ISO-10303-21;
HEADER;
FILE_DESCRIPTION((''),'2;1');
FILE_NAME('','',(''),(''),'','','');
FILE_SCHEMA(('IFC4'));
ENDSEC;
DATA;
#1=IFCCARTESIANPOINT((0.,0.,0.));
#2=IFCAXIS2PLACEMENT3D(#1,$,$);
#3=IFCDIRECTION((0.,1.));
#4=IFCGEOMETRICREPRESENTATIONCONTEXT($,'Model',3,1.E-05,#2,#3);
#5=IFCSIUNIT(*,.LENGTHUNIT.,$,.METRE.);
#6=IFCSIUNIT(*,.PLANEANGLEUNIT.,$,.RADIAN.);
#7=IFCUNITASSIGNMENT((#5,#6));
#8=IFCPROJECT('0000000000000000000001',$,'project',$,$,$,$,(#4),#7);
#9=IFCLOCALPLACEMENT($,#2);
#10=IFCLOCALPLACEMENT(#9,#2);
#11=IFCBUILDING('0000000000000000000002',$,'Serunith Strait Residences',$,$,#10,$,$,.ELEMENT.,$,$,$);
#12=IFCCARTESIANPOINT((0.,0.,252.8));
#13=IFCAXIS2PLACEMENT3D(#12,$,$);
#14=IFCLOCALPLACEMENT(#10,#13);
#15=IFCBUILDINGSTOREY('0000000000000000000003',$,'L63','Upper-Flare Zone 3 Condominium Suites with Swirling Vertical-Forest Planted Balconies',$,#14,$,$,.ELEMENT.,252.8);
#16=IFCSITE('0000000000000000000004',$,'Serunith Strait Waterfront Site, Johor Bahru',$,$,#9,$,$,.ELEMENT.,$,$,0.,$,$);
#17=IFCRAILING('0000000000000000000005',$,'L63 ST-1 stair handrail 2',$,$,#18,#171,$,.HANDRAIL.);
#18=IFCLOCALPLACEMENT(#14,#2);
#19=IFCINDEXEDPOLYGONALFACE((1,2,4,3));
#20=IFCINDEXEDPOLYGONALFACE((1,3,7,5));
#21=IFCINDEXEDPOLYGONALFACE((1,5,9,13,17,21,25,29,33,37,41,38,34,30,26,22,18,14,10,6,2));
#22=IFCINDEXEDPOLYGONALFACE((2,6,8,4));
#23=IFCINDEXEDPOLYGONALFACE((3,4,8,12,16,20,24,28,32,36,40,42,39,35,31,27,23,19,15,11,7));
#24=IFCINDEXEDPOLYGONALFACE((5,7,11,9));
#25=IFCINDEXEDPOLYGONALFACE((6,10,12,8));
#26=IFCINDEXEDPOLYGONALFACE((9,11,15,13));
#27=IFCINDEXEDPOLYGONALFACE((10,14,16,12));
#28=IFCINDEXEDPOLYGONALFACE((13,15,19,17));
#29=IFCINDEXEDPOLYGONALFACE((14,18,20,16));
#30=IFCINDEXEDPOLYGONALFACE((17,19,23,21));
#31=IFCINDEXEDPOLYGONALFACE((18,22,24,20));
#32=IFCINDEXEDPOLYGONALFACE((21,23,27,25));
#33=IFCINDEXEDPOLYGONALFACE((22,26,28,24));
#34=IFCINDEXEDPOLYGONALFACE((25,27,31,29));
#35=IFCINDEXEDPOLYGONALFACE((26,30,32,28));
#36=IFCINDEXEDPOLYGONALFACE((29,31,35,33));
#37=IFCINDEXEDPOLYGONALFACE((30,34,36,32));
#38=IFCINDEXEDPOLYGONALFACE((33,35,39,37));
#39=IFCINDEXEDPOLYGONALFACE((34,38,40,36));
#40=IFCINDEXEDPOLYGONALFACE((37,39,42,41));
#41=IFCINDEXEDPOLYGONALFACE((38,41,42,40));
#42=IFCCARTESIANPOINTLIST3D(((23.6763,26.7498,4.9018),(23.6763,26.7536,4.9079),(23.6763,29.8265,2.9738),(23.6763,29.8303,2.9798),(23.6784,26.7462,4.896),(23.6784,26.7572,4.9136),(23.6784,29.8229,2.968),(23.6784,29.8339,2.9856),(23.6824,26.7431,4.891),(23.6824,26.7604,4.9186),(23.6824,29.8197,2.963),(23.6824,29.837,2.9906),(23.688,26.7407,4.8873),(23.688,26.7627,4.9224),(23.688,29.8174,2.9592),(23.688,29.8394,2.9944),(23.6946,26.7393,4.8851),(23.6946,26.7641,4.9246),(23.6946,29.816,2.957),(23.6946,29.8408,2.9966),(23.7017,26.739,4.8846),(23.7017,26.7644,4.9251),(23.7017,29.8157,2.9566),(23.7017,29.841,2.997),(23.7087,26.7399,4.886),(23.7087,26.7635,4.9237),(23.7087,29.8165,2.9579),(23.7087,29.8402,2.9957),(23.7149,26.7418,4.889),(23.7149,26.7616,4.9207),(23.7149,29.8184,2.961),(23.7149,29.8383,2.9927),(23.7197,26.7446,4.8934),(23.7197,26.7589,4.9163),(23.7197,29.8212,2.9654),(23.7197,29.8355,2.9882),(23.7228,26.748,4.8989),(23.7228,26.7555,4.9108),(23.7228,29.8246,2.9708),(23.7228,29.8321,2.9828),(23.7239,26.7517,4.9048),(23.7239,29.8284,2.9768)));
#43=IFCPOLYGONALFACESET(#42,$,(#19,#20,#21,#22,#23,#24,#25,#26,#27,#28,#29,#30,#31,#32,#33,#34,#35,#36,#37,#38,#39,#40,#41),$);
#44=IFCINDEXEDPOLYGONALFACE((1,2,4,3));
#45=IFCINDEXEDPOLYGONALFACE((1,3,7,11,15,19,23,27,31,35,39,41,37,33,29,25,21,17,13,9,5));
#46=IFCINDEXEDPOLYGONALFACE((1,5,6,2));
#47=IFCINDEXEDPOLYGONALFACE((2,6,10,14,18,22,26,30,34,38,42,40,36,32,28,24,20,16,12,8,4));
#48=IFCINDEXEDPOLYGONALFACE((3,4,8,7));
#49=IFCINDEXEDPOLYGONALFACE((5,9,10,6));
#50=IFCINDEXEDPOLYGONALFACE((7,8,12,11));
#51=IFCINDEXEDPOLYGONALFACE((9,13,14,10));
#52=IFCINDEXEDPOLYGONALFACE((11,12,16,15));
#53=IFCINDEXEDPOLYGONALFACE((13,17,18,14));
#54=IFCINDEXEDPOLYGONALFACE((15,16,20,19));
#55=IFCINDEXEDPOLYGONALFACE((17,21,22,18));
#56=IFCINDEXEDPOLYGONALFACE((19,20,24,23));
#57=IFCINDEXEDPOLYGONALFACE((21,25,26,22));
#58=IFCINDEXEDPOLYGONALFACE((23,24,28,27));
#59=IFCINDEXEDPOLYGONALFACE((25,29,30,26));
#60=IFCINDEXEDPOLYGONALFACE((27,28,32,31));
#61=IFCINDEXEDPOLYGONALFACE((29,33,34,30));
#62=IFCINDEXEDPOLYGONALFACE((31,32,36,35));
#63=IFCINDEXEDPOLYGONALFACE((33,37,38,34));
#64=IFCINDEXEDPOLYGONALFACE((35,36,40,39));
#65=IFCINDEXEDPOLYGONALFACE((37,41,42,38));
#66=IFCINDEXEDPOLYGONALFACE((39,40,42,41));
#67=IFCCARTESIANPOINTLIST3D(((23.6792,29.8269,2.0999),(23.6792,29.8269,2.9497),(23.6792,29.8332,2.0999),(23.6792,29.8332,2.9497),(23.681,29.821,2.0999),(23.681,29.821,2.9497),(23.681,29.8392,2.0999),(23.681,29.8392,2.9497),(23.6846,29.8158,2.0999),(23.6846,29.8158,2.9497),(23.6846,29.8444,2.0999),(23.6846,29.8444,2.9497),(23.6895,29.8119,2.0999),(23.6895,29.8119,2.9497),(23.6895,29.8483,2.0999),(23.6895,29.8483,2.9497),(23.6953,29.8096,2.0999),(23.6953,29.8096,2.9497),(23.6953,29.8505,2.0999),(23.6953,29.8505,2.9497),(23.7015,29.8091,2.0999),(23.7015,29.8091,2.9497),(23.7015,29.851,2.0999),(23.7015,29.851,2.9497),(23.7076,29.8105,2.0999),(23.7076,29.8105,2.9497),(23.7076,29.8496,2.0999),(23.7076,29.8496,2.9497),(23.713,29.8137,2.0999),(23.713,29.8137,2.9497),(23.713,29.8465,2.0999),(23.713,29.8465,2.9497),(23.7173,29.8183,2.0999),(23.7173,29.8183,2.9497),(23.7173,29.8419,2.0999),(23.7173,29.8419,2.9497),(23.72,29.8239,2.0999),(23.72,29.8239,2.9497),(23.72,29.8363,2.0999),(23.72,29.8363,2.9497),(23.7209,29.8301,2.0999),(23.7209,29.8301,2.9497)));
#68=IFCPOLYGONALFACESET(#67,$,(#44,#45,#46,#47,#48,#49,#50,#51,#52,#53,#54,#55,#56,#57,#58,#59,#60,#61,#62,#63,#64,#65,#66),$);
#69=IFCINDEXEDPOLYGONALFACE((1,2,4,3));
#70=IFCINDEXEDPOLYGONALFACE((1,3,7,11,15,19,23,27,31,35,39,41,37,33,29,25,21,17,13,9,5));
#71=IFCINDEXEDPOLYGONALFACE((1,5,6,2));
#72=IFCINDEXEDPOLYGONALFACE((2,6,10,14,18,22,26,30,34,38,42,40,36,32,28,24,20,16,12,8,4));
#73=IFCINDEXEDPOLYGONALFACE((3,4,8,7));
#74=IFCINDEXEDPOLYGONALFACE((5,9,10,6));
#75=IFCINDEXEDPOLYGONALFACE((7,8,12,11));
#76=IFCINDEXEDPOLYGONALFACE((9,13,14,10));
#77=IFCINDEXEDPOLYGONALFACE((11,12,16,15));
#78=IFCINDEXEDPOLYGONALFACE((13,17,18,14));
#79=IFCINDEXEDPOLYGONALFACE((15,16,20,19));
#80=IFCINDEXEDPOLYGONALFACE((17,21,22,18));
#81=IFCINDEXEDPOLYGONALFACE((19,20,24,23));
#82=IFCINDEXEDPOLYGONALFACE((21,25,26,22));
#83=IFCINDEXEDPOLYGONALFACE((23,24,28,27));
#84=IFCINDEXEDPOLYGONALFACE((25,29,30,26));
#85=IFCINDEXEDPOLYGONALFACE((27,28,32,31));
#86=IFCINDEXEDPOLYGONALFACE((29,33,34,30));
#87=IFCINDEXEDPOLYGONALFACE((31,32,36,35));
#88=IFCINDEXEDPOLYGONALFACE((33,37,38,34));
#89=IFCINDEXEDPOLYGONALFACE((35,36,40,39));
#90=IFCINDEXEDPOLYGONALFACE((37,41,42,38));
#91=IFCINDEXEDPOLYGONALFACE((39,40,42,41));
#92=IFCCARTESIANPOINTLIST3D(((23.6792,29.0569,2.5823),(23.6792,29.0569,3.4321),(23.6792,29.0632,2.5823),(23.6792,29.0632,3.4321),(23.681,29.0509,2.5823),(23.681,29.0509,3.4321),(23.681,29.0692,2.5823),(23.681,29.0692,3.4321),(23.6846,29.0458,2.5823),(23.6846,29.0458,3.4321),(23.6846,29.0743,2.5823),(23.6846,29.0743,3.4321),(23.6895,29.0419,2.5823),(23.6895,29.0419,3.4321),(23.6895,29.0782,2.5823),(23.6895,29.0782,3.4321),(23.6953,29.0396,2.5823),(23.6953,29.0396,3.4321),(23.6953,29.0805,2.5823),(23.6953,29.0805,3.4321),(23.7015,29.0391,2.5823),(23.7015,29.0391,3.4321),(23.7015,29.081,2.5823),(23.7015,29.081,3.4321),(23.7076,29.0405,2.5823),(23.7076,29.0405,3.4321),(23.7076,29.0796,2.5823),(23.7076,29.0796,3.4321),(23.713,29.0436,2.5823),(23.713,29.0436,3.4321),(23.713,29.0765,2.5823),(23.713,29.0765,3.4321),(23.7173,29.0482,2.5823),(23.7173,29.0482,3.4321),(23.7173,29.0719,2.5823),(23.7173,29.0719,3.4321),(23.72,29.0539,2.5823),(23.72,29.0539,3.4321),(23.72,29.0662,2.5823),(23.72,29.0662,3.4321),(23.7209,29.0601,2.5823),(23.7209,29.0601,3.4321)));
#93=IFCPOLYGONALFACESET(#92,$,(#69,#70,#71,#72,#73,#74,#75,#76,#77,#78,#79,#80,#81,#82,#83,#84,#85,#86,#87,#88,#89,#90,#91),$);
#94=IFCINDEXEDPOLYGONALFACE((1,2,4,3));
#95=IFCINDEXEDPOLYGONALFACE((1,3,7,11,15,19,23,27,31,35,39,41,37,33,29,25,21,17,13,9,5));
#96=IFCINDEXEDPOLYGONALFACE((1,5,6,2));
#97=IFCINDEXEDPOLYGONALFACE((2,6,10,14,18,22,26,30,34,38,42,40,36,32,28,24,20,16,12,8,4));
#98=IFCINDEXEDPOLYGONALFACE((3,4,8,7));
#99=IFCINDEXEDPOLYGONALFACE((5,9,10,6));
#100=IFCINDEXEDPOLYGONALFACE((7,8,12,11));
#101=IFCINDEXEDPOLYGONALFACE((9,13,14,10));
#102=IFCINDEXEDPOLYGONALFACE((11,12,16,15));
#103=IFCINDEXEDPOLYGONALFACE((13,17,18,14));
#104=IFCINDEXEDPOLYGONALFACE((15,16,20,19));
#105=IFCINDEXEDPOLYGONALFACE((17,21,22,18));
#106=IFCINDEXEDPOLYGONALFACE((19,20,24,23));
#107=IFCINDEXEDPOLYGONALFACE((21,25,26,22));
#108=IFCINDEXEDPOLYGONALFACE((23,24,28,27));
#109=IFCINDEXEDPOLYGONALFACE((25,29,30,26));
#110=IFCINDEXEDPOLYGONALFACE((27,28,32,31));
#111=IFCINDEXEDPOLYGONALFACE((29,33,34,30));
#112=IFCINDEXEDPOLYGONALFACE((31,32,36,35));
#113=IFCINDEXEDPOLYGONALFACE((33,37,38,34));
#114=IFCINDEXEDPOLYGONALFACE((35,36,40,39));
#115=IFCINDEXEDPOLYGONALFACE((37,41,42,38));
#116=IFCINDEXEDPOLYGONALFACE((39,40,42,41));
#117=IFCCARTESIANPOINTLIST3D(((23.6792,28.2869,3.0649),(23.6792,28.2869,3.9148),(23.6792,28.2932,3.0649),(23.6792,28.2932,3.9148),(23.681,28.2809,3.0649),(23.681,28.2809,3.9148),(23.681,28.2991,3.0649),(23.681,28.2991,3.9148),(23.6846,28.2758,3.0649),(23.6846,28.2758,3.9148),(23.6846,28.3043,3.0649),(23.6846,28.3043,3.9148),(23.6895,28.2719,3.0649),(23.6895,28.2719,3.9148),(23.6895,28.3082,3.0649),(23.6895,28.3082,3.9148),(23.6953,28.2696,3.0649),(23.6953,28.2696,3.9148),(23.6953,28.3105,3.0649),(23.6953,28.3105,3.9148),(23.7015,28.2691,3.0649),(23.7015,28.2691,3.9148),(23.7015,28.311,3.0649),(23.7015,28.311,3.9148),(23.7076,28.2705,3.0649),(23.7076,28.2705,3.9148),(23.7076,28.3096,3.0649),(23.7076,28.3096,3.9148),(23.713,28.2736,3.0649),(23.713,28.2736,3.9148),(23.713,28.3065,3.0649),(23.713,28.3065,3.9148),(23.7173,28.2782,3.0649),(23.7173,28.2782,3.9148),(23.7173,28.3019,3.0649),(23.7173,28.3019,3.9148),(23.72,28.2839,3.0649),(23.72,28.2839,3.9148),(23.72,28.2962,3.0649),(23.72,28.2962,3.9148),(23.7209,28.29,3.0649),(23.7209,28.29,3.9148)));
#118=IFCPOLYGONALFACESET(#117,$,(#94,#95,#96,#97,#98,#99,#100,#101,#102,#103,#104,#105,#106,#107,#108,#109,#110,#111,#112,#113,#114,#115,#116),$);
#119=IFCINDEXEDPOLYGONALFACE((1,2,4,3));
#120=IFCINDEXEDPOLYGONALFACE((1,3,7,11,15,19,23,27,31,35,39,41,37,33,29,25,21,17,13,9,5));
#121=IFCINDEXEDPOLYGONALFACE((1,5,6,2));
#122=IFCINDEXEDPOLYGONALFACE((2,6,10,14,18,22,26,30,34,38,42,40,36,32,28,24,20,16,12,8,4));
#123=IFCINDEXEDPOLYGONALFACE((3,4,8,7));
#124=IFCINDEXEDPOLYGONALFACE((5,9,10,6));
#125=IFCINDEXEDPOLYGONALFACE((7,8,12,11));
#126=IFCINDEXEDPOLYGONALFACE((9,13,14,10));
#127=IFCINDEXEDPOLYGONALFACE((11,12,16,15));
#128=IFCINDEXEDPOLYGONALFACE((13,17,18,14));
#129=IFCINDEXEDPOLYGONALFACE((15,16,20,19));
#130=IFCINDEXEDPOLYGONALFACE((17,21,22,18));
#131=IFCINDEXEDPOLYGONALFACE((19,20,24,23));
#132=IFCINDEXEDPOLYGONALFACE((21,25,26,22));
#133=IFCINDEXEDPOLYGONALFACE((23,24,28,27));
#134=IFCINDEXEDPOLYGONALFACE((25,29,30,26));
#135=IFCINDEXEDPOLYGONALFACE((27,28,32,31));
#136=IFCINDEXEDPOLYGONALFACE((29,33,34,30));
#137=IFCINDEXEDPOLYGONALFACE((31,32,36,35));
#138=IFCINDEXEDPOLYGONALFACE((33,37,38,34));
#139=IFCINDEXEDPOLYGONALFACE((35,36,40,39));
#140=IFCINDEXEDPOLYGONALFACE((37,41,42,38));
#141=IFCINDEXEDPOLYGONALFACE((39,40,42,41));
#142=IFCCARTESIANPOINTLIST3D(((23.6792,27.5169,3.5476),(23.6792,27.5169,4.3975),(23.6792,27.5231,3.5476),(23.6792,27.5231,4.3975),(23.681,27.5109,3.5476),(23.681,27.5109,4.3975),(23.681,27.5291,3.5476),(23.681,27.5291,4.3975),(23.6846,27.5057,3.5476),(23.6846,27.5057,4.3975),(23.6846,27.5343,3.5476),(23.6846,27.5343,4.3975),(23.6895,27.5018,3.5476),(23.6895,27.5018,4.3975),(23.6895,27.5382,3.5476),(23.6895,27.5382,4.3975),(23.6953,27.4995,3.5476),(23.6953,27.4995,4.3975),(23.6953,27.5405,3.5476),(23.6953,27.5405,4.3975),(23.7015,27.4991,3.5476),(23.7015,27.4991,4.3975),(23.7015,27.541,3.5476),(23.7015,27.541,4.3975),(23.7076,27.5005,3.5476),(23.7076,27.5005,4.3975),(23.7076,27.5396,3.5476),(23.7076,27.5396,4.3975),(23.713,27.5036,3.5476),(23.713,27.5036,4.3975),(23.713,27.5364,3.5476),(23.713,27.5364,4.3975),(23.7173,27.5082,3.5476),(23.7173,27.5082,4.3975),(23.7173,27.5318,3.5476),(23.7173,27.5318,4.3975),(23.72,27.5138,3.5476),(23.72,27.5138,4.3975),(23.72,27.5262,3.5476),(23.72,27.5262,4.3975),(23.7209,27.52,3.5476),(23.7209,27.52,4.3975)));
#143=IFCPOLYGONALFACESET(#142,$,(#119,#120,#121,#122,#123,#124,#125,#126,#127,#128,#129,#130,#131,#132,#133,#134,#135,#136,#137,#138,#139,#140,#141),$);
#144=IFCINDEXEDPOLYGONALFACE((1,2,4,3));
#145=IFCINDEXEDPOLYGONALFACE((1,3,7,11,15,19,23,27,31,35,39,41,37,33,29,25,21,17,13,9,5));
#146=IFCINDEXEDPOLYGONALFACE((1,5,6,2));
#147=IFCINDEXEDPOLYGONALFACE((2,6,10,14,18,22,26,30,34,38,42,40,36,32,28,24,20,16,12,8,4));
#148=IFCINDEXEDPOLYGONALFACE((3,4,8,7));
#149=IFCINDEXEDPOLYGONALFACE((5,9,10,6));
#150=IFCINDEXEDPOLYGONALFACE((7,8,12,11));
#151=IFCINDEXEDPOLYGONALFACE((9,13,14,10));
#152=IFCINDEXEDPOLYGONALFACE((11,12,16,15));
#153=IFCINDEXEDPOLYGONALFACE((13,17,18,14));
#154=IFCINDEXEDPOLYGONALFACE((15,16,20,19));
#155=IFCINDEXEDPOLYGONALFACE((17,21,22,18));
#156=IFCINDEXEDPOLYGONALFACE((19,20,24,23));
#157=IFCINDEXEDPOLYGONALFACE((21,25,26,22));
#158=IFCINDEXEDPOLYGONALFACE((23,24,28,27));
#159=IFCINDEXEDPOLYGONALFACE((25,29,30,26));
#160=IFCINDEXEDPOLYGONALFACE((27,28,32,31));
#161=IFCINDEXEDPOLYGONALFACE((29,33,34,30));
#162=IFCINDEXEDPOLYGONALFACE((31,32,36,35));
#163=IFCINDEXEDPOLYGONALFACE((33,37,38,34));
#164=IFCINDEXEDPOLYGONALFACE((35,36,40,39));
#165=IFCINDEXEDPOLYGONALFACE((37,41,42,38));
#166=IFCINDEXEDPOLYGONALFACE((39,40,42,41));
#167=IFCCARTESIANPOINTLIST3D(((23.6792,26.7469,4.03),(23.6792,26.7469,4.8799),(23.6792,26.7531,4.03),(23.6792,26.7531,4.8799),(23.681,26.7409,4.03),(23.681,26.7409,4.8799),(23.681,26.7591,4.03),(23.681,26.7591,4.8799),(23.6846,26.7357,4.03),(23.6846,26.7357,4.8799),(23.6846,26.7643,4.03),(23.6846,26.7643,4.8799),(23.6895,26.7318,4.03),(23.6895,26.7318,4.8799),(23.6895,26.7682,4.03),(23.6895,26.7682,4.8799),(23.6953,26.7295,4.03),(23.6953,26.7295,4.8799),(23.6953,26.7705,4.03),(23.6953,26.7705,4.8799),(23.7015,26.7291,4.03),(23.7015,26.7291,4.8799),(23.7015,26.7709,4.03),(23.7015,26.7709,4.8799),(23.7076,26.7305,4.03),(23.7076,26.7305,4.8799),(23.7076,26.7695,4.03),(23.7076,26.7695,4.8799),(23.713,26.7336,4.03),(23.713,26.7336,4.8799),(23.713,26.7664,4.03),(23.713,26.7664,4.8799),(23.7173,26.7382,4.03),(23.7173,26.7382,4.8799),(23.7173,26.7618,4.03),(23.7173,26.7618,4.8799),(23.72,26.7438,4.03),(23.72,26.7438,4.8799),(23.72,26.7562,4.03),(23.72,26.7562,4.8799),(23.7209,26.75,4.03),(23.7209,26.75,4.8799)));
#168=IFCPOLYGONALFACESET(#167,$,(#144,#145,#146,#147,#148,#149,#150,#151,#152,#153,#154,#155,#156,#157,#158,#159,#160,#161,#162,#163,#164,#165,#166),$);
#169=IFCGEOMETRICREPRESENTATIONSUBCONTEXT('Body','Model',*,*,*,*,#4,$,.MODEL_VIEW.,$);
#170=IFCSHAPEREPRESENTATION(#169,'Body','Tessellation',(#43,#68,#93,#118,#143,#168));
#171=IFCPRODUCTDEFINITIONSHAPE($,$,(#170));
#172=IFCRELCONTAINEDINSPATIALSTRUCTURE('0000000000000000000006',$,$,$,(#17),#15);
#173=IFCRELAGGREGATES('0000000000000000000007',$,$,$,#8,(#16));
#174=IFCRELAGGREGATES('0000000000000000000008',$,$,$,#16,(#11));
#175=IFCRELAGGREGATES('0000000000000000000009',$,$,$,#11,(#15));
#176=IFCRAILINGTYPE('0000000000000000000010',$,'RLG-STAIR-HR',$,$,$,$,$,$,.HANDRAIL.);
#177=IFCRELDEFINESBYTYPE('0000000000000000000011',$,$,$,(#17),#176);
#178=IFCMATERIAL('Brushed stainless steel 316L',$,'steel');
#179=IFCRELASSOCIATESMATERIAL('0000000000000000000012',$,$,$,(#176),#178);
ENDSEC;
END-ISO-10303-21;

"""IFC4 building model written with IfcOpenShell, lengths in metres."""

from ifc_helpers import new_model, si_unit, direction, frame, origin, origin_2d, place, context, subcontext, project, spatial, circle, extrude, material, type_object, element, save


model = new_model("IFC4")

# Units and contexts
model_context = context("Model", 3, precision=1e-05, world=origin(), true_north=direction((0.0, 1.0)))
body_context = subcontext(model_context, "Body", "Model", "MODEL_VIEW")
ifc_project = project(units=[si_unit("LENGTHUNIT", "METRE"), si_unit("PLANEANGLEUNIT", "RADIAN")], contexts=[model_context])

# Site, building, storey
site_placement = place(None, origin())
site = spatial("IfcSite", under=ifc_project, at=site_placement, Name="Serunith Strait Waterfront Site, Johor Bahru", CompositionType="ELEMENT", RefElevation=0.0)
building_placement = place(site_placement, origin())
building = spatial("IfcBuilding", under=site, at=building_placement, Name="Serunith Strait Residences", CompositionType="ELEMENT")
storey_placement = place(building_placement, frame((0.0, 0.0, 252.8)))
storey = spatial("IfcBuildingStorey", under=building, at=storey_placement, Name="L63", Description="Upper-Flare Zone 3 Condominium Suites with Swirling Vertical-Forest Planted Balconies", CompositionType="ELEMENT", Elevation=252.8)

# Railing
ifc_material_1 = material(Name="Brushed stainless steel 316L", Category="steel")
railing_type_1 = type_object("IfcRailingType", Name="RLG-STAIR-HR", PredefinedType="HANDRAIL", material=ifc_material_1)
railing_1_placement = place(storey_placement, frame((23.7, 29.8301, 2.0999)))
element("IfcRailing", 1, at=railing_1_placement, inside=storey, type_object=railing_type_1, Name="L63 ST-1 stair handrail 2", PredefinedType="HANDRAIL", context=body_context, shape_type="SweptSolid", body=[
    extrude(circle(Radius=0.0239, at=origin_2d()), frame((0.0, -0.0017, 0.877), z_axis=(0.0, -0.847364, 0.531013), x_axis=(1.0, 0.0, 0.0)), (0.0, 0.0, 1.0), 3.6309),
    extrude(circle(Radius=0.021, at=origin_2d()), origin(), (0.0, 0.0, 1.0), 0.8499),
    extrude(circle(Radius=0.021, at=origin_2d()), frame((0.0, -0.77, 0.4824)), (0.0, 0.0, 1.0), 0.8499),
    extrude(circle(Radius=0.021, at=origin_2d()), frame((0.0, -1.54, 0.9651)), (0.0, 0.0, 1.0), 0.8499),
    extrude(circle(Radius=0.021, at=origin_2d()), frame((0.0, -2.3101, 1.4478)), (0.0, 0.0, 1.0), 0.8499),
    extrude(circle(Radius=0.021, at=origin_2d()), frame((0.0, -3.0801, 1.9302)), (0.0, 0.0, 1.0), 0.8499),
])

save(model, "model.ifc")
